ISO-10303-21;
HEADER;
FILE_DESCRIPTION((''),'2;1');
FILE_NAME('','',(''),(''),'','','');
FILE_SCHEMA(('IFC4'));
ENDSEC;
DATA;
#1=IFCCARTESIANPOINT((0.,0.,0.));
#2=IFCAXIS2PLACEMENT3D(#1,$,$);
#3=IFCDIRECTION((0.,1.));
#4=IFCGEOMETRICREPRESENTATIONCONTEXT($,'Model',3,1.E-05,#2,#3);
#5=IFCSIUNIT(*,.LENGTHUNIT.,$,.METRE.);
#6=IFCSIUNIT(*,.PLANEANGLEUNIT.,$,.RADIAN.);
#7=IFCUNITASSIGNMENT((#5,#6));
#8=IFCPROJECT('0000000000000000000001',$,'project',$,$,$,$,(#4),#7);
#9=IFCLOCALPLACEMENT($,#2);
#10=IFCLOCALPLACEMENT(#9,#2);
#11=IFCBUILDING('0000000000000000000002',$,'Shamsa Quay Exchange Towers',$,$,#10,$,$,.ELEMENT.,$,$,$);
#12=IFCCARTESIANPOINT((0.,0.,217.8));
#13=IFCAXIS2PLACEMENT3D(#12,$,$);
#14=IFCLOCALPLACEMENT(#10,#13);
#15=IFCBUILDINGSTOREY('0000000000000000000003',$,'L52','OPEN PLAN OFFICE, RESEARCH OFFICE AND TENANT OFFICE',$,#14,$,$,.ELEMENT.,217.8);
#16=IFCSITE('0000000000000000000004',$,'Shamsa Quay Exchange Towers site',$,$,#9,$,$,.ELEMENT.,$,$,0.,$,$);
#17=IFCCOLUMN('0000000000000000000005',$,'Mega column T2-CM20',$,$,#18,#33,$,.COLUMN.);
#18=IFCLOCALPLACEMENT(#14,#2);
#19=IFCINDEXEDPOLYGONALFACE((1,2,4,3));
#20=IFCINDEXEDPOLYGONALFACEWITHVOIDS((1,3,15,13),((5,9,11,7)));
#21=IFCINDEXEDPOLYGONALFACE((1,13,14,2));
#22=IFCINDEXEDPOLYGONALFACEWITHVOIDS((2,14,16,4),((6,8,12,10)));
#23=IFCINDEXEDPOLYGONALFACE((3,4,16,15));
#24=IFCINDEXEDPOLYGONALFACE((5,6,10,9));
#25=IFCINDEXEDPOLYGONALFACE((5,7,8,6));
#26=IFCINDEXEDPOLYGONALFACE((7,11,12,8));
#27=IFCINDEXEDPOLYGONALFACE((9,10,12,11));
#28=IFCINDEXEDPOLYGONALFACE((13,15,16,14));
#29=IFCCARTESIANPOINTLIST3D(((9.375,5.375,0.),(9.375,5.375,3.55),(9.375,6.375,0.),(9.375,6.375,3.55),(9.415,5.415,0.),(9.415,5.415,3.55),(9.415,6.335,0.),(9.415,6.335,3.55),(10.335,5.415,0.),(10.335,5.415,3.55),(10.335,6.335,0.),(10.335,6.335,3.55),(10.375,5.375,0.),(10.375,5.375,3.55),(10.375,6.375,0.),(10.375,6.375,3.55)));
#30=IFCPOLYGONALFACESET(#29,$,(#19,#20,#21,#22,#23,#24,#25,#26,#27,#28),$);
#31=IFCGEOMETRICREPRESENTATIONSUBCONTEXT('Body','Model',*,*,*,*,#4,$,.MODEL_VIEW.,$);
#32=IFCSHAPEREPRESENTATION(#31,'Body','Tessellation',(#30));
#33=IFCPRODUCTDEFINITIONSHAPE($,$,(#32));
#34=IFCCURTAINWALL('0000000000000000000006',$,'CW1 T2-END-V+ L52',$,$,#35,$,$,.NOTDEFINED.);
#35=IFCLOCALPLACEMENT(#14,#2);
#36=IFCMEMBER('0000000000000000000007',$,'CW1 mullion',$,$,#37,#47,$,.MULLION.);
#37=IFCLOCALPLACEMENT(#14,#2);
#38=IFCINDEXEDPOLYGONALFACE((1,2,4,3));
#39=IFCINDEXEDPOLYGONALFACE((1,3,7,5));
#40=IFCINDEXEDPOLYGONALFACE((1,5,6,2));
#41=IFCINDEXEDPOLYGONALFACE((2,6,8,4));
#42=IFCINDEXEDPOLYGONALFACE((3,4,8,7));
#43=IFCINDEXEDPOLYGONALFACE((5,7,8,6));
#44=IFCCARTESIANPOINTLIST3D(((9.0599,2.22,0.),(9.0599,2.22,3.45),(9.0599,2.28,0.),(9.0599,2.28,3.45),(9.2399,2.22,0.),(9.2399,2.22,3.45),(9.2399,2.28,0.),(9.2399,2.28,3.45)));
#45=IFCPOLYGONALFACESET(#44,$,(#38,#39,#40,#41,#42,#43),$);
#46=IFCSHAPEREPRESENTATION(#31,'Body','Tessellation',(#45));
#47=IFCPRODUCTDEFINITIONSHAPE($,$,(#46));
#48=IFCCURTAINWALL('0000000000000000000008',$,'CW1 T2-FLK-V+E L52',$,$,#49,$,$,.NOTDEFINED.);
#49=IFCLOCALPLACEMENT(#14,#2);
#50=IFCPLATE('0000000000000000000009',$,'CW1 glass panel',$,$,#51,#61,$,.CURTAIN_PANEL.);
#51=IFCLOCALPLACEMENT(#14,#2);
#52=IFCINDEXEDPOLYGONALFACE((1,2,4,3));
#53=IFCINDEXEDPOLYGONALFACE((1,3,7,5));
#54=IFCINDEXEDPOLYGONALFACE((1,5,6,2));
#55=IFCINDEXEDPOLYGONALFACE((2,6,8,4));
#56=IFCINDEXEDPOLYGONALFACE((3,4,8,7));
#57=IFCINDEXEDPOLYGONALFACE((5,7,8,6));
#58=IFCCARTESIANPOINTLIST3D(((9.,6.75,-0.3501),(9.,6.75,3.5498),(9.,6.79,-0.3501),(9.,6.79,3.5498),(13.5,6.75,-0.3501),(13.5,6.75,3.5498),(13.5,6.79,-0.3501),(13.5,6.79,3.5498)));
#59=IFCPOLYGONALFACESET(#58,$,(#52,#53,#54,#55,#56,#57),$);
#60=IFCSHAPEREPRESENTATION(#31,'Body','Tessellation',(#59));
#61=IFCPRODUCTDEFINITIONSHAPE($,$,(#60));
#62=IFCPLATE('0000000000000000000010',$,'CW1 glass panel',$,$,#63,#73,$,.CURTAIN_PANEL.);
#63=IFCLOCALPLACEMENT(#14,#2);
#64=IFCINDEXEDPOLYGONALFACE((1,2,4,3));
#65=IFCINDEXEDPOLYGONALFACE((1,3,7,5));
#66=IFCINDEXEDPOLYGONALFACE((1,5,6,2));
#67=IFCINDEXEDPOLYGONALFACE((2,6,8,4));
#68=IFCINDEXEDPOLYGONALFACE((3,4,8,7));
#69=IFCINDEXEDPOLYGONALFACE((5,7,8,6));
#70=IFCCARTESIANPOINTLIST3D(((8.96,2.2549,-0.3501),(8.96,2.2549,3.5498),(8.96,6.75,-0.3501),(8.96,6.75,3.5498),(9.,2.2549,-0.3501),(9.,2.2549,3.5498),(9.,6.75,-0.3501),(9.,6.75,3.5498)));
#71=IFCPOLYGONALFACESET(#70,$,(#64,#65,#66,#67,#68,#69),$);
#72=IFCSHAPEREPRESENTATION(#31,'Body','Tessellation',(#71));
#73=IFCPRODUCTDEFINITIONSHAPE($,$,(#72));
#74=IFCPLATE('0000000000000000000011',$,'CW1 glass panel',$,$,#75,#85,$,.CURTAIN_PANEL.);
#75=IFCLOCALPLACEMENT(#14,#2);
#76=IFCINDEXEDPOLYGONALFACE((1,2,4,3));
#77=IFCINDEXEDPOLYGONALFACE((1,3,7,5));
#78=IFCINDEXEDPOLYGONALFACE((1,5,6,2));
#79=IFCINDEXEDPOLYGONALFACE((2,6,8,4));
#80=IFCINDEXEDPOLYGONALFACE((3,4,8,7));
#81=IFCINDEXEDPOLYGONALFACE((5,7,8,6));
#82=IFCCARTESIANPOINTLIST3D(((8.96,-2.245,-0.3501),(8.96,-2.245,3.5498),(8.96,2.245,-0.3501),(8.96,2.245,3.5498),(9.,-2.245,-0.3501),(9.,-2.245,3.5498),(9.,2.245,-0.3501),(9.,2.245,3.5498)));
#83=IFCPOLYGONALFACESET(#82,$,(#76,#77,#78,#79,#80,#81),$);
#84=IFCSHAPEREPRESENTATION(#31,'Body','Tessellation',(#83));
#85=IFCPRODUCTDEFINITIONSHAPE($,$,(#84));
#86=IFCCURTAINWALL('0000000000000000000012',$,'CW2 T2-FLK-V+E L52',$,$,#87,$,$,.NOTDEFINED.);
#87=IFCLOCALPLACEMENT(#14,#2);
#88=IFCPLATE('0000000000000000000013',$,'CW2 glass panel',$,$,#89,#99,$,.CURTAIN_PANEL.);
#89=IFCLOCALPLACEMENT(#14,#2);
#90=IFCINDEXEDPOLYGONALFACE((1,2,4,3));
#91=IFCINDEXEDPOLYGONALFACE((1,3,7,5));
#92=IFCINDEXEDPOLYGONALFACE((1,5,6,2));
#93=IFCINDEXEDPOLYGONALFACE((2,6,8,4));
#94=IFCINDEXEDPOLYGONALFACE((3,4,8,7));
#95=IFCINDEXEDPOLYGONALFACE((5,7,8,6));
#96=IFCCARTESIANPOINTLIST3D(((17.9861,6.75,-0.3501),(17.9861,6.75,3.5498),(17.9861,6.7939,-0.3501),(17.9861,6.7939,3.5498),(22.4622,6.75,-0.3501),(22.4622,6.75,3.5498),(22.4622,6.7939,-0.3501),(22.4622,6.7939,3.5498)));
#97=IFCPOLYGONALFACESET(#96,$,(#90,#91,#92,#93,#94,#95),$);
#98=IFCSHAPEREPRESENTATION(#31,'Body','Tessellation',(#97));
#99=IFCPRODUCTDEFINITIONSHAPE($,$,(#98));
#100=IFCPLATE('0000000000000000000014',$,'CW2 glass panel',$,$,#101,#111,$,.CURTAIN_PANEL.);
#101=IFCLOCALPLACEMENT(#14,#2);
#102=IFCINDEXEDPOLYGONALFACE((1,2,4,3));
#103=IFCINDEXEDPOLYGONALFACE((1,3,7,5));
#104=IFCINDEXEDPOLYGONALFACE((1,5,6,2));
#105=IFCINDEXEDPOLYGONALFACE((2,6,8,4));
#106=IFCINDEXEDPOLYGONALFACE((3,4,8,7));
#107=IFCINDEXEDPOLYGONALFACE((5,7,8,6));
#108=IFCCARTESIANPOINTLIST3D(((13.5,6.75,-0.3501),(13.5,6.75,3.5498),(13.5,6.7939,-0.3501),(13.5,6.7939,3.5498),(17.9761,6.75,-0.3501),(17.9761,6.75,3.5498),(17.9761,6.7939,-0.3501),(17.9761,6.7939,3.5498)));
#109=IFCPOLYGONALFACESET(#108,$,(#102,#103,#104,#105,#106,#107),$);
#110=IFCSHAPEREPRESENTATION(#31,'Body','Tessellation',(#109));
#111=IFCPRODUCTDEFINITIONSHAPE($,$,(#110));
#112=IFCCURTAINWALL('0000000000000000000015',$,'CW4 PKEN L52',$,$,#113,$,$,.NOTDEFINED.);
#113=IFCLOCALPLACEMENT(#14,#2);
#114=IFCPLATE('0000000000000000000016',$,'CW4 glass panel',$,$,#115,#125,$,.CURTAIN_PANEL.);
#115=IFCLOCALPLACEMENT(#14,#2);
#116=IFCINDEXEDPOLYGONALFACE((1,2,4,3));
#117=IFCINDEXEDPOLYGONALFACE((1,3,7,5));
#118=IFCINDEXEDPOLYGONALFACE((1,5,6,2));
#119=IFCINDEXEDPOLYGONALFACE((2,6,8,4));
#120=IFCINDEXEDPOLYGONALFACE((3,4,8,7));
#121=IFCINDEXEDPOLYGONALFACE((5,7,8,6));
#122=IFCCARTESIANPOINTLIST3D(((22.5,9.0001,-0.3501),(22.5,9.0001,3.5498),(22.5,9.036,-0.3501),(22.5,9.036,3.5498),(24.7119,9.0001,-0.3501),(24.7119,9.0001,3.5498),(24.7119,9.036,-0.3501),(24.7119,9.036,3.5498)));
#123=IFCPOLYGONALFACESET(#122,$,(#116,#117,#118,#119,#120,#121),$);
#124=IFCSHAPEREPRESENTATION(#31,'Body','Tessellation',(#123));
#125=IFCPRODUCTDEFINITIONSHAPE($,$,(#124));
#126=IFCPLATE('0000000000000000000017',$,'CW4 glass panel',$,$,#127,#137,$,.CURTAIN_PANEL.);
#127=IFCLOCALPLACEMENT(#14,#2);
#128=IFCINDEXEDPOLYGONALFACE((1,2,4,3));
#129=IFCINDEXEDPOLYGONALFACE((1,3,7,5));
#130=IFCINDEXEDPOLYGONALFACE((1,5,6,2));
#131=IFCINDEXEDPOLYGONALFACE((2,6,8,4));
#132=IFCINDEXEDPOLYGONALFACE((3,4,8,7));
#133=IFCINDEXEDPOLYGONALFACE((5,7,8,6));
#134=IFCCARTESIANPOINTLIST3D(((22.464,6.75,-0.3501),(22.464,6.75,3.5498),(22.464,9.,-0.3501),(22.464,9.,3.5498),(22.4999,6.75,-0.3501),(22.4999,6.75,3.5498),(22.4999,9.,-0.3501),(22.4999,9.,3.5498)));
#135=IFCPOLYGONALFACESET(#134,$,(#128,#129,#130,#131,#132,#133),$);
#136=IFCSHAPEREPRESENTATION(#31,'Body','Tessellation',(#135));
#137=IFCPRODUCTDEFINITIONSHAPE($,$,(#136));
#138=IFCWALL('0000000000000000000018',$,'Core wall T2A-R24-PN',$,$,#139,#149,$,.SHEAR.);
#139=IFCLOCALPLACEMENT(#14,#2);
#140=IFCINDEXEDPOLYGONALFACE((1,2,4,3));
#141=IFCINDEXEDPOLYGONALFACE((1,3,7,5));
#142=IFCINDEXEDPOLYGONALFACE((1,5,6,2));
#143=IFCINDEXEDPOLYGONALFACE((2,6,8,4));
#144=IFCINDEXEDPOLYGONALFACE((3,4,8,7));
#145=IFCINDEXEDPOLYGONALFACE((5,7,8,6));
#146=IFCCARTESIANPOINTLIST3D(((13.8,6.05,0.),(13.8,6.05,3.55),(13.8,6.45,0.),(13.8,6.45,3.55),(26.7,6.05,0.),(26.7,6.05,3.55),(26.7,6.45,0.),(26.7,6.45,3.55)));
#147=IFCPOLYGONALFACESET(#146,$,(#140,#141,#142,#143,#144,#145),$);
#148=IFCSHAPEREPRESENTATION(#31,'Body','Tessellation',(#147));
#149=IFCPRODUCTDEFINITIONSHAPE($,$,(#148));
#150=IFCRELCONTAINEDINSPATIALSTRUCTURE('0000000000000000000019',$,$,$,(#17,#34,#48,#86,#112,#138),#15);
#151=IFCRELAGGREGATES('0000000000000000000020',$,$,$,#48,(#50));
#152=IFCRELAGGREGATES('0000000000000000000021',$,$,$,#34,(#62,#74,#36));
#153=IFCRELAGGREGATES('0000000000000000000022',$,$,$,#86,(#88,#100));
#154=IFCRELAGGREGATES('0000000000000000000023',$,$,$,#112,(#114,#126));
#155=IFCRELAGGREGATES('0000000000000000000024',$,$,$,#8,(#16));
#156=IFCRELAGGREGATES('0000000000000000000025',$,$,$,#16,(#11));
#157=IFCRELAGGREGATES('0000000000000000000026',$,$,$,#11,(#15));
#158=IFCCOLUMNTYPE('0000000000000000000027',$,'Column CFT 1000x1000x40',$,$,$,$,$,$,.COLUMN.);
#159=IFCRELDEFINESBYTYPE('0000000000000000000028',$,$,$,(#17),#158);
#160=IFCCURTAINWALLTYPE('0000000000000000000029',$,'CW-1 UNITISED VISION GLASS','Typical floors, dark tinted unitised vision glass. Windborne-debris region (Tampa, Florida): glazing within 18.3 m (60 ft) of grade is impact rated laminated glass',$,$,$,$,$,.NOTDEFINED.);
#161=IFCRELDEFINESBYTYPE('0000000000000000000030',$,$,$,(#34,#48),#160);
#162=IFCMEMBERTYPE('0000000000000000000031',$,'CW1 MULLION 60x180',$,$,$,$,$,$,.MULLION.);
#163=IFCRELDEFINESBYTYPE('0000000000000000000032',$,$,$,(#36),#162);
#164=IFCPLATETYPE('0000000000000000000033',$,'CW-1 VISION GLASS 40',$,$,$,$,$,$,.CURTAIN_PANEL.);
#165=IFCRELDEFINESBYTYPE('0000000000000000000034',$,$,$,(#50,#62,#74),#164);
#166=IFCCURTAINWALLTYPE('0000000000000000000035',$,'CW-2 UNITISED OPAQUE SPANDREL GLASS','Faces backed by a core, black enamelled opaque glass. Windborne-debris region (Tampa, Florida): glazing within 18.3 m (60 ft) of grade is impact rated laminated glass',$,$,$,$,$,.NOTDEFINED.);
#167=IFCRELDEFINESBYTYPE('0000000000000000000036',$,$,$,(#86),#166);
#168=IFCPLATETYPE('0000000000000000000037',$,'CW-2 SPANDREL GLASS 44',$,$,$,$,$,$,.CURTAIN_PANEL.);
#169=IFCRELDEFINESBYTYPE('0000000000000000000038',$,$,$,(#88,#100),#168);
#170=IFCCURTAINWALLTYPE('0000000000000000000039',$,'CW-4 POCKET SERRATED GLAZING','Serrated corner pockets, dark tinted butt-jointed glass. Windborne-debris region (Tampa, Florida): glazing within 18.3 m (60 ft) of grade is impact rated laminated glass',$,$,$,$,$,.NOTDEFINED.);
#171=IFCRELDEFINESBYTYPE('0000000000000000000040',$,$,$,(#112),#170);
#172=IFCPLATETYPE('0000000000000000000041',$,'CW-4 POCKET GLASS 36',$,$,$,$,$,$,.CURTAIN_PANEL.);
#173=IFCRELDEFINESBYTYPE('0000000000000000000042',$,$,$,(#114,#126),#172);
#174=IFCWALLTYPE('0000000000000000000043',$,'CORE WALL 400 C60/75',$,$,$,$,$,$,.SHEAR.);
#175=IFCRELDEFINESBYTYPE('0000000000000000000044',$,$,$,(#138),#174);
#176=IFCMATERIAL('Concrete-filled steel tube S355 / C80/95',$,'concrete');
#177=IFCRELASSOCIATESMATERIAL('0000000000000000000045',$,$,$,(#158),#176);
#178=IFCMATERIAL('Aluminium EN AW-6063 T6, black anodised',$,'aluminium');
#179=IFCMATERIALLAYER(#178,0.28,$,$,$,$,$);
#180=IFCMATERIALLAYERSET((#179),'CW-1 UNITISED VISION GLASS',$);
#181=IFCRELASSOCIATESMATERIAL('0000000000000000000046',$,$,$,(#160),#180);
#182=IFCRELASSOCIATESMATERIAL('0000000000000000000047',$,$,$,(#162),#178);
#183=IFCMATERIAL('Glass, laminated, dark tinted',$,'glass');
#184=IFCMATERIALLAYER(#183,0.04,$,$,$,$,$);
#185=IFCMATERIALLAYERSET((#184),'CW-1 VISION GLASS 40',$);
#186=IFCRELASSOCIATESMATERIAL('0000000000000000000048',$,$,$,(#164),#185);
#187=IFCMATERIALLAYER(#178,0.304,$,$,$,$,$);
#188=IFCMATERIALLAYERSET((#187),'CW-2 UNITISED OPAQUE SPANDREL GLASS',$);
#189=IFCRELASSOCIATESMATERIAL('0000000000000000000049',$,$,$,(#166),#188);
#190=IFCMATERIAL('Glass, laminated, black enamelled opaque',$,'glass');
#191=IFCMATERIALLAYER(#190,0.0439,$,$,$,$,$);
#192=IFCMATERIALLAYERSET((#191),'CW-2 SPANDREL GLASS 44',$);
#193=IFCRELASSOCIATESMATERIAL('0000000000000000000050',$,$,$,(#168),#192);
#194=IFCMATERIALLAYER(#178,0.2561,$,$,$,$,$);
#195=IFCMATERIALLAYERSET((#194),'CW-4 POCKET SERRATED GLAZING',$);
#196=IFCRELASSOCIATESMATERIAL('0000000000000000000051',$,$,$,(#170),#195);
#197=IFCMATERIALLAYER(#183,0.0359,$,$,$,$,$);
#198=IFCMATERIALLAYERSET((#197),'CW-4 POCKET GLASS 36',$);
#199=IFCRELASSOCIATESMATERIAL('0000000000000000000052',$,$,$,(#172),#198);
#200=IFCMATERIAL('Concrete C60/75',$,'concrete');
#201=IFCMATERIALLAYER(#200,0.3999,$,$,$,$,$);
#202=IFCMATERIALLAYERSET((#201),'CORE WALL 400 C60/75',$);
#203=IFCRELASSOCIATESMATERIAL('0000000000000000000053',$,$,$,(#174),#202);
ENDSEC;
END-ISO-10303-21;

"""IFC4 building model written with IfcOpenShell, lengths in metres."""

from ifc_helpers import new_model, si_unit, direction, frame, frame_2d, origin, origin_2d, place, context, subcontext, project, spatial, rectangle, hollow_rectangle, extrude, material, layer, layer_set, material_profile, profile_set, type_object, element, aggregate, save


model = new_model("IFC4")

# Units and contexts
model_context = context("Model", 3, precision=1e-05, world=origin(), true_north=direction((0.0, 1.0)))
body_context = subcontext(model_context, "Body", "Model", "MODEL_VIEW")
ifc_project = project(units=[si_unit("LENGTHUNIT", "METRE"), si_unit("PLANEANGLEUNIT", "RADIAN")], contexts=[model_context])

# Site, building, storey
site_placement = place(None, origin())
site = spatial("IfcSite", under=ifc_project, at=site_placement, Name="Shamsa Quay Exchange Towers site", CompositionType="ELEMENT", RefElevation=0.0)
building_placement = place(site_placement, origin())
building = spatial("IfcBuilding", under=site, at=building_placement, Name="Shamsa Quay Exchange Towers", CompositionType="ELEMENT")
storey_placement = place(building_placement, frame((0.0, 0.0, 217.8)))
storey = spatial("IfcBuildingStorey", under=building, at=storey_placement, Name="L52", Description="OPEN PLAN OFFICE, RESEARCH OFFICE AND TENANT OFFICE", CompositionType="ELEMENT", Elevation=217.8)

# Column
ifc_material_1 = material(Name="Concrete-filled steel tube S355 / C80/95", Category="concrete")
ifc_material_profile_1 = material_profile(ifc_material_1, hollow_rectangle(XDim=1.0, YDim=1.0, WallThickness=0.04, at=origin_2d()), Name="CFT 1000x1000x40")
ifc_profile_set_1 = profile_set([ifc_material_profile_1], Name="Concrete-filled steel tube S355 / C80/95")
column_type = type_object("IfcColumnType", Name="Column CFT 1000x1000x40", PredefinedType="COLUMN", material=ifc_profile_set_1)
column_placement = place(storey_placement, frame((9.875, 5.875, 0.0)))
element("IfcColumn", 1, at=column_placement, inside=storey, type_object=column_type, Name="Mega column T2-CM20", PredefinedType="COLUMN", context=body_context, shape_type="SweptSolid", body=[
    extrude(hollow_rectangle(XDim=1.0, YDim=1.0, WallThickness=0.04, at=origin_2d()), origin(), (0.0, 0.0, 1.0), 3.55),
])

# Curtain wall, member
ifc_material_2 = material(Name="Aluminium EN AW-6063 T6, black anodised", Category="aluminium")
ifc_layer_1 = layer(ifc_material_2, 0.28)
ifc_layer_set_1 = layer_set([ifc_layer_1], Name="CW-1 UNITISED VISION GLASS")
curtain_wall_type_1 = type_object("IfcCurtainWallType", Name="CW-1 UNITISED VISION GLASS", Description="Typical floors, dark tinted unitised vision glass. Windborne-debris region (Tampa, Florida): glazing within 18.3 m (60 ft) of grade is impact rated laminated glass", PredefinedType="NOTDEFINED", material=ifc_layer_set_1)
curtain_wall_1_placement = place(storey_placement, origin())
curtain_wall_1 = element("IfcCurtainWall", 2, at=curtain_wall_1_placement, inside=storey, type_object=curtain_wall_type_1, Name="CW1 T2-END-V+ L52", PredefinedType="NOTDEFINED")
ifc_material_profile_2 = material_profile(ifc_material_2, rectangle(XDim=0.1799, YDim=0.0601, at=origin_2d()), Name="MU60x180")
ifc_profile_set_2 = profile_set([ifc_material_profile_2], Name="Aluminium EN AW-6063 T6, black anodised")
member_type = type_object("IfcMemberType", Name="CW1 MULLION 60x180", PredefinedType="MULLION", material=ifc_profile_set_2)
member_placement = place(storey_placement, frame((9.1499, 2.25, 0.0)))
member = element("IfcMember", 3, at=member_placement, type_object=member_type, Name="CW1 mullion", PredefinedType="MULLION", context=body_context, shape_type="SweptSolid", body=[
    extrude(rectangle(XDim=0.1799, YDim=0.0601, at=origin_2d()), origin(), (0.0, 0.0, 1.0), 3.45),
])

# Curtain wall, plate
curtain_wall_2_placement = place(storey_placement, origin())
curtain_wall_2 = element("IfcCurtainWall", 4, at=curtain_wall_2_placement, inside=storey, type_object=curtain_wall_type_1, Name="CW1 T2-FLK-V+E L52", PredefinedType="NOTDEFINED")
ifc_material_3 = material(Name="Glass, laminated, dark tinted", Category="glass")
ifc_layer_2 = layer(ifc_material_3, 0.04)
ifc_layer_set_2 = layer_set([ifc_layer_2], Name="CW-1 VISION GLASS 40")
plate_type_1 = type_object("IfcPlateType", Name="CW-1 VISION GLASS 40", PredefinedType="CURTAIN_PANEL", material=ifc_layer_set_2)
plate_1_placement = place(storey_placement, frame((11.25, 6.77, -0.3501), z_axis=(0.0, 0.0, 1.0), x_axis=(-1.0, 0.0, 0.0)))
plate_1 = element("IfcPlate", 5, at=plate_1_placement, type_object=plate_type_1, Name="CW1 glass panel", PredefinedType="CURTAIN_PANEL", context=body_context, shape_type="SweptSolid", body=[
    extrude(rectangle(XDim=4.5, YDim=0.04, at=origin_2d()), origin(), (0.0, 0.0, 1.0), 3.8999),
])
aggregate(curtain_wall_2, [plate_1])

# Plates
plate_2_placement = place(storey_placement, frame((8.98, 4.5024, -0.3501), z_axis=(0.0, 0.0, 1.0), x_axis=(0.0, -1.0, 0.0)))
plate_2 = element("IfcPlate", 6, at=plate_2_placement, type_object=plate_type_1, Name="CW1 glass panel", PredefinedType="CURTAIN_PANEL", context=body_context, shape_type="SweptSolid", body=[
    extrude(rectangle(XDim=4.4951, YDim=0.04, at=origin_2d()), origin(), (0.0, 0.0, 1.0), 3.8999),
])
plate_3_placement = place(storey_placement, frame((8.98, 0.0, -0.3501), z_axis=(0.0, 0.0, 1.0), x_axis=(0.0, -1.0, 0.0)))
plate_3 = element("IfcPlate", 7, at=plate_3_placement, type_object=plate_type_1, Name="CW1 glass panel", PredefinedType="CURTAIN_PANEL", context=body_context, shape_type="SweptSolid", body=[
    extrude(rectangle(XDim=4.49, YDim=0.04, at=origin_2d()), origin(), (0.0, 0.0, 1.0), 3.8999),
])
aggregate(curtain_wall_1, [plate_2, plate_3, member])

# Curtain walls, plates
ifc_layer_3 = layer(ifc_material_2, 0.304)
ifc_layer_set_3 = layer_set([ifc_layer_3], Name="CW-2 UNITISED OPAQUE SPANDREL GLASS")
curtain_wall_type_2 = type_object("IfcCurtainWallType", Name="CW-2 UNITISED OPAQUE SPANDREL GLASS", Description="Faces backed by a core, black enamelled opaque glass. Windborne-debris region (Tampa, Florida): glazing within 18.3 m (60 ft) of grade is impact rated laminated glass", PredefinedType="NOTDEFINED", material=ifc_layer_set_3)
curtain_wall_3_placement = place(storey_placement, origin())
curtain_wall_3 = element("IfcCurtainWall", 8, at=curtain_wall_3_placement, inside=storey, type_object=curtain_wall_type_2, Name="CW2 T2-FLK-V+E L52", PredefinedType="NOTDEFINED")
ifc_material_4 = material(Name="Glass, laminated, black enamelled opaque", Category="glass")
ifc_layer_4 = layer(ifc_material_4, 0.0439)
ifc_layer_set_4 = layer_set([ifc_layer_4], Name="CW-2 SPANDREL GLASS 44")
plate_type_2 = type_object("IfcPlateType", Name="CW-2 SPANDREL GLASS 44", PredefinedType="CURTAIN_PANEL", material=ifc_layer_set_4)
plate_4_placement = place(storey_placement, frame((20.2241, 6.772, -0.3501), z_axis=(0.0, 0.0, 1.0), x_axis=(-1.0, 0.0, 0.0)))
plate_4 = element("IfcPlate", 9, at=plate_4_placement, type_object=plate_type_2, Name="CW2 glass panel", PredefinedType="CURTAIN_PANEL", context=body_context, shape_type="SweptSolid", body=[
    extrude(rectangle(XDim=4.4761, YDim=0.0439, at=origin_2d()), origin(), (0.0, 0.0, 1.0), 3.8999),
])
plate_5_placement = place(storey_placement, frame((15.738, 6.772, -0.3501), z_axis=(0.0, 0.0, 1.0), x_axis=(-1.0, 0.0, 0.0)))
plate_5 = element("IfcPlate", 10, at=plate_5_placement, type_object=plate_type_2, Name="CW2 glass panel", PredefinedType="CURTAIN_PANEL", context=body_context, shape_type="SweptSolid", body=[
    extrude(rectangle(XDim=4.4761, YDim=0.0439, at=origin_2d()), origin(), (0.0, 0.0, 1.0), 3.8999),
])
aggregate(curtain_wall_3, [plate_4, plate_5])
ifc_layer_5 = layer(ifc_material_2, 0.2561)
ifc_layer_set_5 = layer_set([ifc_layer_5], Name="CW-4 POCKET SERRATED GLAZING")
curtain_wall_type_3 = type_object("IfcCurtainWallType", Name="CW-4 POCKET SERRATED GLAZING", Description="Serrated corner pockets, dark tinted butt-jointed glass. Windborne-debris region (Tampa, Florida): glazing within 18.3 m (60 ft) of grade is impact rated laminated glass", PredefinedType="NOTDEFINED", material=ifc_layer_set_5)
curtain_wall_4_placement = place(storey_placement, origin())
curtain_wall_4 = element("IfcCurtainWall", 11, at=curtain_wall_4_placement, inside=storey, type_object=curtain_wall_type_3, Name="CW4 PKEN L52", PredefinedType="NOTDEFINED")
ifc_layer_6 = layer(ifc_material_3, 0.0359)
ifc_layer_set_6 = layer_set([ifc_layer_6], Name="CW-4 POCKET GLASS 36")
plate_type_3 = type_object("IfcPlateType", Name="CW-4 POCKET GLASS 36", PredefinedType="CURTAIN_PANEL", material=ifc_layer_set_6)
plate_6_placement = place(storey_placement, frame((23.606, 9.0181, -0.3501), z_axis=(0.0, 0.0, 1.0), x_axis=(-1.0, 0.0, 0.0)))
plate_6 = element("IfcPlate", 12, at=plate_6_placement, type_object=plate_type_3, Name="CW4 glass panel", PredefinedType="CURTAIN_PANEL", context=body_context, shape_type="SweptSolid", body=[
    extrude(rectangle(XDim=2.2119, YDim=0.0359, at=origin_2d()), origin(), (0.0, 0.0, 1.0), 3.8999),
])
plate_7_placement = place(storey_placement, frame((22.4819, 7.875, -0.3501), z_axis=(0.0, 0.0, 1.0), x_axis=(0.0, -1.0, 0.0)))
plate_7 = element("IfcPlate", 13, at=plate_7_placement, type_object=plate_type_3, Name="CW4 glass panel", PredefinedType="CURTAIN_PANEL", context=body_context, shape_type="SweptSolid", body=[
    extrude(rectangle(XDim=2.25, YDim=0.0359, at=origin_2d()), origin(), (0.0, 0.0, 1.0), 3.8999),
])
aggregate(curtain_wall_4, [plate_6, plate_7])

# Wall
ifc_material_5 = material(Name="Concrete C60/75", Category="concrete")
ifc_layer_7 = layer(ifc_material_5, 0.3999)
ifc_layer_set_7 = layer_set([ifc_layer_7], Name="CORE WALL 400 C60/75")
wall_type_1 = type_object("IfcWallType", Name="CORE WALL 400 C60/75", PredefinedType="SHEAR", material=ifc_layer_set_7)
wall_1_placement = place(storey_placement, frame((13.8, 6.25, 0.0)))
element("IfcWall", 14, at=wall_1_placement, inside=storey, type_object=wall_type_1, Name="Core wall T2A-R24-PN", PredefinedType="SHEAR", context=body_context, shape_type="SweptSolid", body=[
    extrude(rectangle(XDim=12.8999, YDim=0.3999, at=frame_2d((6.45, 0.0))), origin(), (0.0, 0.0, 1.0), 3.55),
])

save(model, "model.ifc")
